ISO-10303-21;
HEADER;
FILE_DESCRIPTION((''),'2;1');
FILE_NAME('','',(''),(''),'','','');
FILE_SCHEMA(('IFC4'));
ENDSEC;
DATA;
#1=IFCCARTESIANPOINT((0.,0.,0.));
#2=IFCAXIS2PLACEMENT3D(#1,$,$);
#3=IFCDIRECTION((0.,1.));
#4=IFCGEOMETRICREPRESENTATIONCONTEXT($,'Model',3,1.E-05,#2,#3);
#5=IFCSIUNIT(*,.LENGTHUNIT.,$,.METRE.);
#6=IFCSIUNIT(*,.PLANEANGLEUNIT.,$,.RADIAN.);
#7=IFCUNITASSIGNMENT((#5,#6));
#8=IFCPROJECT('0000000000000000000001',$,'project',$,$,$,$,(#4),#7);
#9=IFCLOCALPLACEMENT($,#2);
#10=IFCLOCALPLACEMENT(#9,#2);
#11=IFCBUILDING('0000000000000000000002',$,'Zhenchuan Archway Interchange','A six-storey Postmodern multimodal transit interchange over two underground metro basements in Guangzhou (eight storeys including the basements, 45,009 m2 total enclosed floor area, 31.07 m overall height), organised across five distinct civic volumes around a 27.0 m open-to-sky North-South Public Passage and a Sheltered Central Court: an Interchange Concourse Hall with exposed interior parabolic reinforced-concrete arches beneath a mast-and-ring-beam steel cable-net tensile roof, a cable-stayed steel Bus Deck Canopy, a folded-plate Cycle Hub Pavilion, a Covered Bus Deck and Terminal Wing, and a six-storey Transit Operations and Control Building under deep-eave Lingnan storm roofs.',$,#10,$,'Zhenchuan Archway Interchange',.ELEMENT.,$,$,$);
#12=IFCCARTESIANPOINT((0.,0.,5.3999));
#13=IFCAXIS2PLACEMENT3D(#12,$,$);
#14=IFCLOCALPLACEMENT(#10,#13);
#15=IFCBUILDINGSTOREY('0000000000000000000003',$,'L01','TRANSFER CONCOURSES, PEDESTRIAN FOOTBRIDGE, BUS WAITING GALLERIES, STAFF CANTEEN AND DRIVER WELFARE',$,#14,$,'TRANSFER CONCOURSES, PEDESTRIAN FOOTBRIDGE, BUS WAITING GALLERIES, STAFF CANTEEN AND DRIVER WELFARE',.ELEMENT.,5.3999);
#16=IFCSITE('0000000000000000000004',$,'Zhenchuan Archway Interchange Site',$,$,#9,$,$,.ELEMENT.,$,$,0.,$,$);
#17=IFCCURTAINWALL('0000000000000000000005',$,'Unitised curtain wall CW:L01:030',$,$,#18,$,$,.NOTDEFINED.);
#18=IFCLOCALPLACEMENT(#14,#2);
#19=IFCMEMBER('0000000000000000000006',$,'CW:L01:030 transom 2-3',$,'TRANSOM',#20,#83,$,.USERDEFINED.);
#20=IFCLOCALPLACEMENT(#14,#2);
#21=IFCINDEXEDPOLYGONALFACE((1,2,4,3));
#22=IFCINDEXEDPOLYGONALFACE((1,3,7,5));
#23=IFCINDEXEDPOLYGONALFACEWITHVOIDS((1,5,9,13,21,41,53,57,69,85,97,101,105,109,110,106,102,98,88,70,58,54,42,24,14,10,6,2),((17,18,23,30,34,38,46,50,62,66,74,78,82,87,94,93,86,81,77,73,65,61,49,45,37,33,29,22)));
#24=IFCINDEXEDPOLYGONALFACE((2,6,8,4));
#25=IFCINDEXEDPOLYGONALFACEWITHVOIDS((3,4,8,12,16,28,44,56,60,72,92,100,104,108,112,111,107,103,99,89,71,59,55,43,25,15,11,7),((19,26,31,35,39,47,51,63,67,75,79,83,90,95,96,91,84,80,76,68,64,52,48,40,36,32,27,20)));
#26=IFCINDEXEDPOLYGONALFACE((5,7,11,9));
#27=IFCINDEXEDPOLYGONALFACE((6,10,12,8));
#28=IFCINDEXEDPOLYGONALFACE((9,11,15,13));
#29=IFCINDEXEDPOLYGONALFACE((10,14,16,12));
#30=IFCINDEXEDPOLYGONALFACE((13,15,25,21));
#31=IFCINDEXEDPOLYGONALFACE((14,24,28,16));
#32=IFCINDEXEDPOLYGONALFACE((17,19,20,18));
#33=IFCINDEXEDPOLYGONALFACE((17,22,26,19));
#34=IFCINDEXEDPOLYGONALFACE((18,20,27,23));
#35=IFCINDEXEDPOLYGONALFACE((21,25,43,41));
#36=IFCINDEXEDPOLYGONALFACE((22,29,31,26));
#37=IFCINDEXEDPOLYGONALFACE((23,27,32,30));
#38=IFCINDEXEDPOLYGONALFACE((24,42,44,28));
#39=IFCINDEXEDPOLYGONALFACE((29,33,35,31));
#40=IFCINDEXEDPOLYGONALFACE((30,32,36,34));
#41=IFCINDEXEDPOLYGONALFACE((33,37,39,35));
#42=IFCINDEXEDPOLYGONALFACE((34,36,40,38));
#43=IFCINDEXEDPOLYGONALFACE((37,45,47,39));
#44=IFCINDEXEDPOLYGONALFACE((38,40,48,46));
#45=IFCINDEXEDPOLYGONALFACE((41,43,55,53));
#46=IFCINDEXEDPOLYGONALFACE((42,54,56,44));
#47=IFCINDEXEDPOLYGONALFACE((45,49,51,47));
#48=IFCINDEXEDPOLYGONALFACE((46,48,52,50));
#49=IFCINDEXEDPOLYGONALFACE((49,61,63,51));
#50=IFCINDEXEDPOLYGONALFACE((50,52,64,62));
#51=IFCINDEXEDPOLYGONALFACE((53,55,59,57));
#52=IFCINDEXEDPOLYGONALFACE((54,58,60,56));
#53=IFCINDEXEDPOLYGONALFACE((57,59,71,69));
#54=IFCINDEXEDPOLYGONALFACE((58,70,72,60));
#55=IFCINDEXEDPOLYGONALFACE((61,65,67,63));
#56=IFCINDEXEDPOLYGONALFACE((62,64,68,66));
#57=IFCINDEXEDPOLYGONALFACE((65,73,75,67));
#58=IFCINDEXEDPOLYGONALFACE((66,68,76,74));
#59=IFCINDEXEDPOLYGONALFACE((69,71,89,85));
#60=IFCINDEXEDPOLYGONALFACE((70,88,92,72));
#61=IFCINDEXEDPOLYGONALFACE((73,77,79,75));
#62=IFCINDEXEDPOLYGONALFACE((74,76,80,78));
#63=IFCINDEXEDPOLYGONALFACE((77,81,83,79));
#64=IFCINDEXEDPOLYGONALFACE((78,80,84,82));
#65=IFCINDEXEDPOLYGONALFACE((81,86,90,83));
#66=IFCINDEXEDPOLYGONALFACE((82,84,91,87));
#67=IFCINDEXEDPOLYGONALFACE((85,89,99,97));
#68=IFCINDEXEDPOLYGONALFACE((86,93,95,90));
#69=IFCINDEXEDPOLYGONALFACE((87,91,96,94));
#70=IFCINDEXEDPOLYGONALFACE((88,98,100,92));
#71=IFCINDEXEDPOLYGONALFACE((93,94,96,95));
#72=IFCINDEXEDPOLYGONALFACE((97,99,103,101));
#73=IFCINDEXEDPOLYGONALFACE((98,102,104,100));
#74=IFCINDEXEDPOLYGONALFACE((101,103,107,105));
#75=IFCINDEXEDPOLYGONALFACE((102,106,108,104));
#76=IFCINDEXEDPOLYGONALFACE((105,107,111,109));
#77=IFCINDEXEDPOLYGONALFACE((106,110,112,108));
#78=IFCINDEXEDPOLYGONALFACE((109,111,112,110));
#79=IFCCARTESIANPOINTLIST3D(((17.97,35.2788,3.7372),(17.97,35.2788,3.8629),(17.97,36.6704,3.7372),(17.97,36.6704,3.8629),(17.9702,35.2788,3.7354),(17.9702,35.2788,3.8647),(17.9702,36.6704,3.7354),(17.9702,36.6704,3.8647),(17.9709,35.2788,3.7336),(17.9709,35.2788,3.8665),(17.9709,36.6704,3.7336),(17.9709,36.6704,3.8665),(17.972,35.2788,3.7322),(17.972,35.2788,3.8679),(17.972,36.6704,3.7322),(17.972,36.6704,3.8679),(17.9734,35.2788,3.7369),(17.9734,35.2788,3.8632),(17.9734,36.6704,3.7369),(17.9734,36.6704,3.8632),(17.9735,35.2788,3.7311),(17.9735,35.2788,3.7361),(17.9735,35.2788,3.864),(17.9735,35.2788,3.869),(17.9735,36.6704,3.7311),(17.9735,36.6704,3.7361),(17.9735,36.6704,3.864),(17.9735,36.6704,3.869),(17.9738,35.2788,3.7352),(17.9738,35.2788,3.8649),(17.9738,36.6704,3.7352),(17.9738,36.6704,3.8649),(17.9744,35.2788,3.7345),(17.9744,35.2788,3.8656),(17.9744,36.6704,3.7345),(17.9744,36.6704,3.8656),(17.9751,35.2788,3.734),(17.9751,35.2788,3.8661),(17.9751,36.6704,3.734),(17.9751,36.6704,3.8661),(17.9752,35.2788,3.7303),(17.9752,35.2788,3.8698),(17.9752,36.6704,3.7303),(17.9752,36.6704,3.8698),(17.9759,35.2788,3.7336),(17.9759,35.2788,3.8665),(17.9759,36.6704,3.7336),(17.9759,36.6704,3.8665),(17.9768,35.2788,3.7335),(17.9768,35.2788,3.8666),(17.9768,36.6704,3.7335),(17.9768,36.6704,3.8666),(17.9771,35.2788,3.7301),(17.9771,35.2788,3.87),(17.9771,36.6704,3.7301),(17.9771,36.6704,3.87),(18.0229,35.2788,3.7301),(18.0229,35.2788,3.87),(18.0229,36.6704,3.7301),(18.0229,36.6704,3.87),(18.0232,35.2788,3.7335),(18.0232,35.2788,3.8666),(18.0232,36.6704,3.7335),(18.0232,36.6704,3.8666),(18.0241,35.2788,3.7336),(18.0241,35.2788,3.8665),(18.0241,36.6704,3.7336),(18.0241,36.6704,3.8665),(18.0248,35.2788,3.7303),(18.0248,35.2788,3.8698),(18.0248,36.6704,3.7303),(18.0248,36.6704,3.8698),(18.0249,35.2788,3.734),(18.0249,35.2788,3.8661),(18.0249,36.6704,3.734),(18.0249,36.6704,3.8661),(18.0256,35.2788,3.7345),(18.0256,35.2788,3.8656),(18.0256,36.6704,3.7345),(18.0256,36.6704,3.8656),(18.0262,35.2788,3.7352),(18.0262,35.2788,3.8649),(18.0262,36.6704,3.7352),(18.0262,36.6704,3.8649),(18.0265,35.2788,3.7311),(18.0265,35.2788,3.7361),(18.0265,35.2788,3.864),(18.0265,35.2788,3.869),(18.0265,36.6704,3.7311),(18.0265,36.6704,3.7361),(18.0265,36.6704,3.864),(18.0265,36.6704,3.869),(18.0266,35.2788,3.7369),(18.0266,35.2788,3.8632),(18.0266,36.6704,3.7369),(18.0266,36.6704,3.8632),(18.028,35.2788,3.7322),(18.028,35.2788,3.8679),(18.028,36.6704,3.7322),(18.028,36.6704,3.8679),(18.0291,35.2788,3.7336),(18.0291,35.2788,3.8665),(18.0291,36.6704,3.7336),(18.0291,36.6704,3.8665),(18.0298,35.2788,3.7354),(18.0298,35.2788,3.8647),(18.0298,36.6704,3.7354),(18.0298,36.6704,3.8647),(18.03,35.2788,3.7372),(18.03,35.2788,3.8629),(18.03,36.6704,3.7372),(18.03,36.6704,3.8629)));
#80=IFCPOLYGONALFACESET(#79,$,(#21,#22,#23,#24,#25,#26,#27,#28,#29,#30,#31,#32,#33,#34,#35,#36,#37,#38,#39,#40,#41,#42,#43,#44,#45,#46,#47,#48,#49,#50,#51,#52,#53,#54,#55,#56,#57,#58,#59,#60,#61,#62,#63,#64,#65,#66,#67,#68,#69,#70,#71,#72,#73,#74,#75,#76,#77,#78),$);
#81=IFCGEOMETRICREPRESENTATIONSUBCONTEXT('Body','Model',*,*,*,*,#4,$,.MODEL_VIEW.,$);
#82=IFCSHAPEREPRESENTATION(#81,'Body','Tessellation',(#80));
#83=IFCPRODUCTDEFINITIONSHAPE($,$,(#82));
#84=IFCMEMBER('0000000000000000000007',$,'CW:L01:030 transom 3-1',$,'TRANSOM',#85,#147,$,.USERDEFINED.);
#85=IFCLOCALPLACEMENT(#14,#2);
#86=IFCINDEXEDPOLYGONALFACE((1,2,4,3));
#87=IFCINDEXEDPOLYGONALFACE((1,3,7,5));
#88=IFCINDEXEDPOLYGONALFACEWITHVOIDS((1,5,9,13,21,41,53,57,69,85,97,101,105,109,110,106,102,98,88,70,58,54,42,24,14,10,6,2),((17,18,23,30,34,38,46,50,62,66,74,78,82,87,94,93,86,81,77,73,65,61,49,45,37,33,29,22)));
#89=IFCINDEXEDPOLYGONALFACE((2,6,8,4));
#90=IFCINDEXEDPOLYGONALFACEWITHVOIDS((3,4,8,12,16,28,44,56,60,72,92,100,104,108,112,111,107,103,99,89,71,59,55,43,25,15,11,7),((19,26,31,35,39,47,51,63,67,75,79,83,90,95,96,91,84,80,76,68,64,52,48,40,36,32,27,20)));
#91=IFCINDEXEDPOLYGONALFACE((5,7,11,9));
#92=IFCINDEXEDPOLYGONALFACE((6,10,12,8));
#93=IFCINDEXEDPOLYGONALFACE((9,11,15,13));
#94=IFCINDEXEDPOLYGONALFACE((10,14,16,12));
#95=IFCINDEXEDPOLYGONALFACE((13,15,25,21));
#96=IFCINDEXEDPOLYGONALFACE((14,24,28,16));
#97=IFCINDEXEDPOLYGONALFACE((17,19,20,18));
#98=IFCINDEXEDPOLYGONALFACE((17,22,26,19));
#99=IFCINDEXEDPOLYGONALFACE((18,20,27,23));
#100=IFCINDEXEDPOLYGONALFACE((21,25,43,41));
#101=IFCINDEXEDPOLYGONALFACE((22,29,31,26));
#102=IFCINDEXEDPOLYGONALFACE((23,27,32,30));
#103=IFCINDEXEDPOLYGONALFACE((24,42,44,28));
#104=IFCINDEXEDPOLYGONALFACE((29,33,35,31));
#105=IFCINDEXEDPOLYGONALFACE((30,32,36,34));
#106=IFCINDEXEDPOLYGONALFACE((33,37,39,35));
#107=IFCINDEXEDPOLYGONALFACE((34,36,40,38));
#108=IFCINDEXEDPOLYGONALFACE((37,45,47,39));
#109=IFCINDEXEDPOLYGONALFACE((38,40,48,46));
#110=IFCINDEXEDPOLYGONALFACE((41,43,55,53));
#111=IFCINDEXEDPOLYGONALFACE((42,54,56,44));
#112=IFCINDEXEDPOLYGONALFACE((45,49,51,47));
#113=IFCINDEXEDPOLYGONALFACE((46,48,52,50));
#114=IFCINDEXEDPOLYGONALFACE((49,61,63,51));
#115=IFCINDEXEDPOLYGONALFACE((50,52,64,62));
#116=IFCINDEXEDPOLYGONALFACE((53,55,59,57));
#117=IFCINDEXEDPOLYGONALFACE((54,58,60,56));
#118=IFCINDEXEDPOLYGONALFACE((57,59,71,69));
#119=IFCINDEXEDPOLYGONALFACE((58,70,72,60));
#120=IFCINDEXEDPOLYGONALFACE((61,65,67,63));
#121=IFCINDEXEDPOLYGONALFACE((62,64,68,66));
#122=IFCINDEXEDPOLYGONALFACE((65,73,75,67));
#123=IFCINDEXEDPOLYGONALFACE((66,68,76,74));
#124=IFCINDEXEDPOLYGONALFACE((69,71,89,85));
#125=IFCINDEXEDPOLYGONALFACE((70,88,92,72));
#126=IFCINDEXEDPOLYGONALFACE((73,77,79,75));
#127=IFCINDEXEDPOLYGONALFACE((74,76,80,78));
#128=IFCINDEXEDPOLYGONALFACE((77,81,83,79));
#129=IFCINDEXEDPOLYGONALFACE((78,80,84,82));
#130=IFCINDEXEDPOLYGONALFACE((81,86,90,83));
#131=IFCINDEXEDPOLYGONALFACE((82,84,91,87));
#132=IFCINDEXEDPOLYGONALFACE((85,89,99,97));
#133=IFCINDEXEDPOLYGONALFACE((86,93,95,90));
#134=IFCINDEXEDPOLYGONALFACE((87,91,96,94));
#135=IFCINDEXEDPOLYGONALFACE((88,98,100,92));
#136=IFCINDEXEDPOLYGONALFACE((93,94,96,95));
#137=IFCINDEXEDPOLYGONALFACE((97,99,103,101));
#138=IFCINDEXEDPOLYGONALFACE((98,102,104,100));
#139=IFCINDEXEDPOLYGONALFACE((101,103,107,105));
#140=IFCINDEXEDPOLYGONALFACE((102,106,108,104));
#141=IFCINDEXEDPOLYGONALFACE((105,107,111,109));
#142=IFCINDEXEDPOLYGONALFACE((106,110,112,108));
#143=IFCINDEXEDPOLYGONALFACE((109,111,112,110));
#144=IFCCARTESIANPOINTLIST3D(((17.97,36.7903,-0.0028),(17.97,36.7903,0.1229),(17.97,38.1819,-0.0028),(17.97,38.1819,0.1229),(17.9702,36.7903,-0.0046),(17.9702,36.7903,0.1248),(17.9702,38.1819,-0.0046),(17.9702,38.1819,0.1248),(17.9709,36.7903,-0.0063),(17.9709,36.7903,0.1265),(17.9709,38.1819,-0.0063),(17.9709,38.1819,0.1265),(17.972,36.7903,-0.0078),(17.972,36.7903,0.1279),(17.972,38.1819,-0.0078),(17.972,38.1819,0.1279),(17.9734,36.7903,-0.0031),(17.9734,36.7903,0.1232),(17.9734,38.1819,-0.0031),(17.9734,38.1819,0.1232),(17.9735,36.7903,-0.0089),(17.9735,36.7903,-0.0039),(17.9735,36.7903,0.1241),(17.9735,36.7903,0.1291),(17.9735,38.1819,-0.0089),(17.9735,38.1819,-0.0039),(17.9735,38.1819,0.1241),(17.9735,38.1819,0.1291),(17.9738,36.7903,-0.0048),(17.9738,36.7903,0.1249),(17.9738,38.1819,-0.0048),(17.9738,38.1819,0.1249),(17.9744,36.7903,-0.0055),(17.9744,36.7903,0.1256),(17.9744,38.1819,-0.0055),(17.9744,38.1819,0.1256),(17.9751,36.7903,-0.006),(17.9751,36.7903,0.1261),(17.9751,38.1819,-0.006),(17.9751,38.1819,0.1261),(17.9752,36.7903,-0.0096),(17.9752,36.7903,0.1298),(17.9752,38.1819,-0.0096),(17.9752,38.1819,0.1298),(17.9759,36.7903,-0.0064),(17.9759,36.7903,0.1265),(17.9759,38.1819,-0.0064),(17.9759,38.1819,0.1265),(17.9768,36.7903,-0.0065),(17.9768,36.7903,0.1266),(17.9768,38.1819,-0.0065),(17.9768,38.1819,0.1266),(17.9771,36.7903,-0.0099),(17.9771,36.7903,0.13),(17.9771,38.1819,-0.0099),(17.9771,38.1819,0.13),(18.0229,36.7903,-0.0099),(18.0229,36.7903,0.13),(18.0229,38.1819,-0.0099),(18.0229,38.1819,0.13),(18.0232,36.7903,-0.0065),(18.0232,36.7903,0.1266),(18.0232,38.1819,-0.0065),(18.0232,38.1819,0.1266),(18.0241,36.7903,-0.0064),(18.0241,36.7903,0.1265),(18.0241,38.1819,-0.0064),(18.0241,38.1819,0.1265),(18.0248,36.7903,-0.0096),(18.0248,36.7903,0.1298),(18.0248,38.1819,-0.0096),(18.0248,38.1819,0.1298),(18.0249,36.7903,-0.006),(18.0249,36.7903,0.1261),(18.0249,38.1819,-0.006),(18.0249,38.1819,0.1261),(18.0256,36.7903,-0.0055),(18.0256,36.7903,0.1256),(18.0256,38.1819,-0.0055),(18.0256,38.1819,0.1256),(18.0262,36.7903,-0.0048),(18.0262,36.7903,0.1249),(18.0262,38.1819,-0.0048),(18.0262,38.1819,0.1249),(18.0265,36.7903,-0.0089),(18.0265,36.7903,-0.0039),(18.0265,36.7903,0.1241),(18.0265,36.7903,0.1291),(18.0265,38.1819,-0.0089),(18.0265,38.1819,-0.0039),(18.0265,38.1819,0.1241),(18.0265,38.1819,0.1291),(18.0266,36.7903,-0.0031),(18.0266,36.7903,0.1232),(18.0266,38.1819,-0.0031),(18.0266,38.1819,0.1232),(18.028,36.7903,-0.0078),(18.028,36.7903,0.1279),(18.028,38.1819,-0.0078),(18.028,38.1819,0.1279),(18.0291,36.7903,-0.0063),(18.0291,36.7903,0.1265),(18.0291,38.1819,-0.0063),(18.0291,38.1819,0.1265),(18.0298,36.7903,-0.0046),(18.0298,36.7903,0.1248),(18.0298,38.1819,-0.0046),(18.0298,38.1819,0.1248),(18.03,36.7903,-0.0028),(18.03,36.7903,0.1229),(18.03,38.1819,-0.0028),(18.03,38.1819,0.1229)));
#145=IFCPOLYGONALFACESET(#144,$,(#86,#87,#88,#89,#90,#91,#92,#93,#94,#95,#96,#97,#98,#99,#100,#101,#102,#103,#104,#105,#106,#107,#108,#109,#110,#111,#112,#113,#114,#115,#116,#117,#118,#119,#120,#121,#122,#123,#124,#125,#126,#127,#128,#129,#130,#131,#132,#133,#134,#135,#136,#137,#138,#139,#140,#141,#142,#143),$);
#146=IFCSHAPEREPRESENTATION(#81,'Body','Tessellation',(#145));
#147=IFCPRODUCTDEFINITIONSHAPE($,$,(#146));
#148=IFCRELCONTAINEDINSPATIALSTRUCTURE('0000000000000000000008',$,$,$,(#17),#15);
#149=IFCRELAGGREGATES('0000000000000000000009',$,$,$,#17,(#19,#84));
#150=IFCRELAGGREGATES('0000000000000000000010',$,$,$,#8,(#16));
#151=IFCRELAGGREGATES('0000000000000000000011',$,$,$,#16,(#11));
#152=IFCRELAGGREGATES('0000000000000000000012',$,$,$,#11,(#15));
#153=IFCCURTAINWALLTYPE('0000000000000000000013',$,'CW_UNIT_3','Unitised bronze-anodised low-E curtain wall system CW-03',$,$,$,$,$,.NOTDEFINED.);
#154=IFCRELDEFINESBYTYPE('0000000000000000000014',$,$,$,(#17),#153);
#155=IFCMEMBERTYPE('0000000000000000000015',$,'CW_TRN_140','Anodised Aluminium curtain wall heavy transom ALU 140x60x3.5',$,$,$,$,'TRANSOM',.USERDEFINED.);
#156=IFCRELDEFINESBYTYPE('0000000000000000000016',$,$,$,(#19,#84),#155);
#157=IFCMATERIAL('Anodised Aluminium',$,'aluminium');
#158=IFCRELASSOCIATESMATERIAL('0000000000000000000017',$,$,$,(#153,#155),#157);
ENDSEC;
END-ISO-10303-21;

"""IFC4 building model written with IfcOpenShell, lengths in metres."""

from ifc_helpers import new_model, si_unit, direction, frame, origin, origin_2d, place, context, subcontext, project, spatial, hollow_rectangle, extrude, material, material_profile, profile_set, type_object, element, aggregate, save


model = new_model("IFC4")

# Units and contexts
model_context = context("Model", 3, precision=1e-05, world=origin(), true_north=direction((0.0, 1.0)))
body_context = subcontext(model_context, "Body", "Model", "MODEL_VIEW")
ifc_project = project(units=[si_unit("LENGTHUNIT", "METRE"), si_unit("PLANEANGLEUNIT", "RADIAN")], contexts=[model_context])

# Site, building, storey
site_placement = place(None, origin())
site = spatial("IfcSite", under=ifc_project, at=site_placement, Name="Zhenchuan Archway Interchange Site", CompositionType="ELEMENT", RefElevation=0.0)
building_placement = place(site_placement, origin())
building = spatial("IfcBuilding", under=site, at=building_placement, Name="Zhenchuan Archway Interchange", Description="A six-storey Postmodern multimodal transit interchange over two underground metro basements in Guangzhou (eight storeys including the basements, 45,009 m2 total enclosed floor area, 31.07 m overall height), organised across five distinct civic volumes around a 27.0 m open-to-sky North-South Public Passage and a Sheltered Central Court: an Interchange Concourse Hall with exposed interior parabolic reinforced-concrete arches beneath a mast-and-ring-beam steel cable-net tensile roof, a cable-stayed steel Bus Deck Canopy, a folded-plate Cycle Hub Pavilion, a Covered Bus Deck and Terminal Wing, and a six-storey Transit Operations and Control Building under deep-eave Lingnan storm roofs.", LongName="Zhenchuan Archway Interchange", CompositionType="ELEMENT")
storey_placement = place(building_placement, frame((0.0, 0.0, 5.3999)))
storey = spatial("IfcBuildingStorey", under=building, at=storey_placement, Name="L01", Description="TRANSFER CONCOURSES, PEDESTRIAN FOOTBRIDGE, BUS WAITING GALLERIES, STAFF CANTEEN AND DRIVER WELFARE", LongName="TRANSFER CONCOURSES, PEDESTRIAN FOOTBRIDGE, BUS WAITING GALLERIES, STAFF CANTEEN AND DRIVER WELFARE", CompositionType="ELEMENT", Elevation=5.3999)

# Curtain wall
ifc_material_1 = material(Name="Anodised Aluminium", Category="aluminium")
curtain_wall_type_1 = type_object("IfcCurtainWallType", Name="CW_UNIT_3", Description="Unitised bronze-anodised low-E curtain wall system CW-03", PredefinedType="NOTDEFINED", material=ifc_material_1)
curtain_wall_1_placement = place(storey_placement, origin())
curtain_wall_1 = element("IfcCurtainWall", 1, at=curtain_wall_1_placement, inside=storey, type_object=curtain_wall_type_1, Name="Unitised curtain wall CW:L01:030", PredefinedType="NOTDEFINED")

# Members
ifc_material_profile_1 = material_profile(ifc_material_1, hollow_rectangle(XDim=0.0601, YDim=0.1399, WallThickness=0.0034, InnerFilletRadius=0.0034, OuterFilletRadius=0.0071, at=origin_2d()), Name="ALU 140x60x3.5")
ifc_profile_set_1 = profile_set([ifc_material_profile_1], Name="Anodised Aluminium")
member_type_1 = type_object("IfcMemberType", Name="CW_TRN_140", Description="Anodised Aluminium curtain wall heavy transom ALU 140x60x3.5", ElementType="TRANSOM", PredefinedType="USERDEFINED", material=ifc_profile_set_1)
member_1_placement = place(storey_placement, frame((18.0, 35.2788, 3.8), z_axis=(0.0, 1.0, 0.0), x_axis=(-1.0, 0.0, 0.0)))
member_1 = element("IfcMember", 2, at=member_1_placement, type_object=member_type_1, Name="CW:L01:030 transom 2-3", ObjectType="TRANSOM", PredefinedType="USERDEFINED", context=body_context, shape_type="SweptSolid", body=[
    extrude(hollow_rectangle(XDim=0.0601, YDim=0.1399, WallThickness=0.0034, InnerFilletRadius=0.0034, OuterFilletRadius=0.0071, at=origin_2d()), origin(), (0.0, 0.0, 1.0), 1.3916),
])
member_2_placement = place(storey_placement, frame((18.0, 36.7903, 0.0601), z_axis=(0.0, 1.0, 0.0), x_axis=(-1.0, 0.0, 0.0)))
member_2 = element("IfcMember", 3, at=member_2_placement, type_object=member_type_1, Name="CW:L01:030 transom 3-1", ObjectType="TRANSOM", PredefinedType="USERDEFINED", context=body_context, shape_type="SweptSolid", body=[
    extrude(hollow_rectangle(XDim=0.0601, YDim=0.1399, WallThickness=0.0034, InnerFilletRadius=0.0034, OuterFilletRadius=0.0071, at=origin_2d()), origin(), (0.0, 0.0, 1.0), 1.3916),
])

aggregate(curtain_wall_1, [member_1, member_2])

save(model, "model.ifc")
